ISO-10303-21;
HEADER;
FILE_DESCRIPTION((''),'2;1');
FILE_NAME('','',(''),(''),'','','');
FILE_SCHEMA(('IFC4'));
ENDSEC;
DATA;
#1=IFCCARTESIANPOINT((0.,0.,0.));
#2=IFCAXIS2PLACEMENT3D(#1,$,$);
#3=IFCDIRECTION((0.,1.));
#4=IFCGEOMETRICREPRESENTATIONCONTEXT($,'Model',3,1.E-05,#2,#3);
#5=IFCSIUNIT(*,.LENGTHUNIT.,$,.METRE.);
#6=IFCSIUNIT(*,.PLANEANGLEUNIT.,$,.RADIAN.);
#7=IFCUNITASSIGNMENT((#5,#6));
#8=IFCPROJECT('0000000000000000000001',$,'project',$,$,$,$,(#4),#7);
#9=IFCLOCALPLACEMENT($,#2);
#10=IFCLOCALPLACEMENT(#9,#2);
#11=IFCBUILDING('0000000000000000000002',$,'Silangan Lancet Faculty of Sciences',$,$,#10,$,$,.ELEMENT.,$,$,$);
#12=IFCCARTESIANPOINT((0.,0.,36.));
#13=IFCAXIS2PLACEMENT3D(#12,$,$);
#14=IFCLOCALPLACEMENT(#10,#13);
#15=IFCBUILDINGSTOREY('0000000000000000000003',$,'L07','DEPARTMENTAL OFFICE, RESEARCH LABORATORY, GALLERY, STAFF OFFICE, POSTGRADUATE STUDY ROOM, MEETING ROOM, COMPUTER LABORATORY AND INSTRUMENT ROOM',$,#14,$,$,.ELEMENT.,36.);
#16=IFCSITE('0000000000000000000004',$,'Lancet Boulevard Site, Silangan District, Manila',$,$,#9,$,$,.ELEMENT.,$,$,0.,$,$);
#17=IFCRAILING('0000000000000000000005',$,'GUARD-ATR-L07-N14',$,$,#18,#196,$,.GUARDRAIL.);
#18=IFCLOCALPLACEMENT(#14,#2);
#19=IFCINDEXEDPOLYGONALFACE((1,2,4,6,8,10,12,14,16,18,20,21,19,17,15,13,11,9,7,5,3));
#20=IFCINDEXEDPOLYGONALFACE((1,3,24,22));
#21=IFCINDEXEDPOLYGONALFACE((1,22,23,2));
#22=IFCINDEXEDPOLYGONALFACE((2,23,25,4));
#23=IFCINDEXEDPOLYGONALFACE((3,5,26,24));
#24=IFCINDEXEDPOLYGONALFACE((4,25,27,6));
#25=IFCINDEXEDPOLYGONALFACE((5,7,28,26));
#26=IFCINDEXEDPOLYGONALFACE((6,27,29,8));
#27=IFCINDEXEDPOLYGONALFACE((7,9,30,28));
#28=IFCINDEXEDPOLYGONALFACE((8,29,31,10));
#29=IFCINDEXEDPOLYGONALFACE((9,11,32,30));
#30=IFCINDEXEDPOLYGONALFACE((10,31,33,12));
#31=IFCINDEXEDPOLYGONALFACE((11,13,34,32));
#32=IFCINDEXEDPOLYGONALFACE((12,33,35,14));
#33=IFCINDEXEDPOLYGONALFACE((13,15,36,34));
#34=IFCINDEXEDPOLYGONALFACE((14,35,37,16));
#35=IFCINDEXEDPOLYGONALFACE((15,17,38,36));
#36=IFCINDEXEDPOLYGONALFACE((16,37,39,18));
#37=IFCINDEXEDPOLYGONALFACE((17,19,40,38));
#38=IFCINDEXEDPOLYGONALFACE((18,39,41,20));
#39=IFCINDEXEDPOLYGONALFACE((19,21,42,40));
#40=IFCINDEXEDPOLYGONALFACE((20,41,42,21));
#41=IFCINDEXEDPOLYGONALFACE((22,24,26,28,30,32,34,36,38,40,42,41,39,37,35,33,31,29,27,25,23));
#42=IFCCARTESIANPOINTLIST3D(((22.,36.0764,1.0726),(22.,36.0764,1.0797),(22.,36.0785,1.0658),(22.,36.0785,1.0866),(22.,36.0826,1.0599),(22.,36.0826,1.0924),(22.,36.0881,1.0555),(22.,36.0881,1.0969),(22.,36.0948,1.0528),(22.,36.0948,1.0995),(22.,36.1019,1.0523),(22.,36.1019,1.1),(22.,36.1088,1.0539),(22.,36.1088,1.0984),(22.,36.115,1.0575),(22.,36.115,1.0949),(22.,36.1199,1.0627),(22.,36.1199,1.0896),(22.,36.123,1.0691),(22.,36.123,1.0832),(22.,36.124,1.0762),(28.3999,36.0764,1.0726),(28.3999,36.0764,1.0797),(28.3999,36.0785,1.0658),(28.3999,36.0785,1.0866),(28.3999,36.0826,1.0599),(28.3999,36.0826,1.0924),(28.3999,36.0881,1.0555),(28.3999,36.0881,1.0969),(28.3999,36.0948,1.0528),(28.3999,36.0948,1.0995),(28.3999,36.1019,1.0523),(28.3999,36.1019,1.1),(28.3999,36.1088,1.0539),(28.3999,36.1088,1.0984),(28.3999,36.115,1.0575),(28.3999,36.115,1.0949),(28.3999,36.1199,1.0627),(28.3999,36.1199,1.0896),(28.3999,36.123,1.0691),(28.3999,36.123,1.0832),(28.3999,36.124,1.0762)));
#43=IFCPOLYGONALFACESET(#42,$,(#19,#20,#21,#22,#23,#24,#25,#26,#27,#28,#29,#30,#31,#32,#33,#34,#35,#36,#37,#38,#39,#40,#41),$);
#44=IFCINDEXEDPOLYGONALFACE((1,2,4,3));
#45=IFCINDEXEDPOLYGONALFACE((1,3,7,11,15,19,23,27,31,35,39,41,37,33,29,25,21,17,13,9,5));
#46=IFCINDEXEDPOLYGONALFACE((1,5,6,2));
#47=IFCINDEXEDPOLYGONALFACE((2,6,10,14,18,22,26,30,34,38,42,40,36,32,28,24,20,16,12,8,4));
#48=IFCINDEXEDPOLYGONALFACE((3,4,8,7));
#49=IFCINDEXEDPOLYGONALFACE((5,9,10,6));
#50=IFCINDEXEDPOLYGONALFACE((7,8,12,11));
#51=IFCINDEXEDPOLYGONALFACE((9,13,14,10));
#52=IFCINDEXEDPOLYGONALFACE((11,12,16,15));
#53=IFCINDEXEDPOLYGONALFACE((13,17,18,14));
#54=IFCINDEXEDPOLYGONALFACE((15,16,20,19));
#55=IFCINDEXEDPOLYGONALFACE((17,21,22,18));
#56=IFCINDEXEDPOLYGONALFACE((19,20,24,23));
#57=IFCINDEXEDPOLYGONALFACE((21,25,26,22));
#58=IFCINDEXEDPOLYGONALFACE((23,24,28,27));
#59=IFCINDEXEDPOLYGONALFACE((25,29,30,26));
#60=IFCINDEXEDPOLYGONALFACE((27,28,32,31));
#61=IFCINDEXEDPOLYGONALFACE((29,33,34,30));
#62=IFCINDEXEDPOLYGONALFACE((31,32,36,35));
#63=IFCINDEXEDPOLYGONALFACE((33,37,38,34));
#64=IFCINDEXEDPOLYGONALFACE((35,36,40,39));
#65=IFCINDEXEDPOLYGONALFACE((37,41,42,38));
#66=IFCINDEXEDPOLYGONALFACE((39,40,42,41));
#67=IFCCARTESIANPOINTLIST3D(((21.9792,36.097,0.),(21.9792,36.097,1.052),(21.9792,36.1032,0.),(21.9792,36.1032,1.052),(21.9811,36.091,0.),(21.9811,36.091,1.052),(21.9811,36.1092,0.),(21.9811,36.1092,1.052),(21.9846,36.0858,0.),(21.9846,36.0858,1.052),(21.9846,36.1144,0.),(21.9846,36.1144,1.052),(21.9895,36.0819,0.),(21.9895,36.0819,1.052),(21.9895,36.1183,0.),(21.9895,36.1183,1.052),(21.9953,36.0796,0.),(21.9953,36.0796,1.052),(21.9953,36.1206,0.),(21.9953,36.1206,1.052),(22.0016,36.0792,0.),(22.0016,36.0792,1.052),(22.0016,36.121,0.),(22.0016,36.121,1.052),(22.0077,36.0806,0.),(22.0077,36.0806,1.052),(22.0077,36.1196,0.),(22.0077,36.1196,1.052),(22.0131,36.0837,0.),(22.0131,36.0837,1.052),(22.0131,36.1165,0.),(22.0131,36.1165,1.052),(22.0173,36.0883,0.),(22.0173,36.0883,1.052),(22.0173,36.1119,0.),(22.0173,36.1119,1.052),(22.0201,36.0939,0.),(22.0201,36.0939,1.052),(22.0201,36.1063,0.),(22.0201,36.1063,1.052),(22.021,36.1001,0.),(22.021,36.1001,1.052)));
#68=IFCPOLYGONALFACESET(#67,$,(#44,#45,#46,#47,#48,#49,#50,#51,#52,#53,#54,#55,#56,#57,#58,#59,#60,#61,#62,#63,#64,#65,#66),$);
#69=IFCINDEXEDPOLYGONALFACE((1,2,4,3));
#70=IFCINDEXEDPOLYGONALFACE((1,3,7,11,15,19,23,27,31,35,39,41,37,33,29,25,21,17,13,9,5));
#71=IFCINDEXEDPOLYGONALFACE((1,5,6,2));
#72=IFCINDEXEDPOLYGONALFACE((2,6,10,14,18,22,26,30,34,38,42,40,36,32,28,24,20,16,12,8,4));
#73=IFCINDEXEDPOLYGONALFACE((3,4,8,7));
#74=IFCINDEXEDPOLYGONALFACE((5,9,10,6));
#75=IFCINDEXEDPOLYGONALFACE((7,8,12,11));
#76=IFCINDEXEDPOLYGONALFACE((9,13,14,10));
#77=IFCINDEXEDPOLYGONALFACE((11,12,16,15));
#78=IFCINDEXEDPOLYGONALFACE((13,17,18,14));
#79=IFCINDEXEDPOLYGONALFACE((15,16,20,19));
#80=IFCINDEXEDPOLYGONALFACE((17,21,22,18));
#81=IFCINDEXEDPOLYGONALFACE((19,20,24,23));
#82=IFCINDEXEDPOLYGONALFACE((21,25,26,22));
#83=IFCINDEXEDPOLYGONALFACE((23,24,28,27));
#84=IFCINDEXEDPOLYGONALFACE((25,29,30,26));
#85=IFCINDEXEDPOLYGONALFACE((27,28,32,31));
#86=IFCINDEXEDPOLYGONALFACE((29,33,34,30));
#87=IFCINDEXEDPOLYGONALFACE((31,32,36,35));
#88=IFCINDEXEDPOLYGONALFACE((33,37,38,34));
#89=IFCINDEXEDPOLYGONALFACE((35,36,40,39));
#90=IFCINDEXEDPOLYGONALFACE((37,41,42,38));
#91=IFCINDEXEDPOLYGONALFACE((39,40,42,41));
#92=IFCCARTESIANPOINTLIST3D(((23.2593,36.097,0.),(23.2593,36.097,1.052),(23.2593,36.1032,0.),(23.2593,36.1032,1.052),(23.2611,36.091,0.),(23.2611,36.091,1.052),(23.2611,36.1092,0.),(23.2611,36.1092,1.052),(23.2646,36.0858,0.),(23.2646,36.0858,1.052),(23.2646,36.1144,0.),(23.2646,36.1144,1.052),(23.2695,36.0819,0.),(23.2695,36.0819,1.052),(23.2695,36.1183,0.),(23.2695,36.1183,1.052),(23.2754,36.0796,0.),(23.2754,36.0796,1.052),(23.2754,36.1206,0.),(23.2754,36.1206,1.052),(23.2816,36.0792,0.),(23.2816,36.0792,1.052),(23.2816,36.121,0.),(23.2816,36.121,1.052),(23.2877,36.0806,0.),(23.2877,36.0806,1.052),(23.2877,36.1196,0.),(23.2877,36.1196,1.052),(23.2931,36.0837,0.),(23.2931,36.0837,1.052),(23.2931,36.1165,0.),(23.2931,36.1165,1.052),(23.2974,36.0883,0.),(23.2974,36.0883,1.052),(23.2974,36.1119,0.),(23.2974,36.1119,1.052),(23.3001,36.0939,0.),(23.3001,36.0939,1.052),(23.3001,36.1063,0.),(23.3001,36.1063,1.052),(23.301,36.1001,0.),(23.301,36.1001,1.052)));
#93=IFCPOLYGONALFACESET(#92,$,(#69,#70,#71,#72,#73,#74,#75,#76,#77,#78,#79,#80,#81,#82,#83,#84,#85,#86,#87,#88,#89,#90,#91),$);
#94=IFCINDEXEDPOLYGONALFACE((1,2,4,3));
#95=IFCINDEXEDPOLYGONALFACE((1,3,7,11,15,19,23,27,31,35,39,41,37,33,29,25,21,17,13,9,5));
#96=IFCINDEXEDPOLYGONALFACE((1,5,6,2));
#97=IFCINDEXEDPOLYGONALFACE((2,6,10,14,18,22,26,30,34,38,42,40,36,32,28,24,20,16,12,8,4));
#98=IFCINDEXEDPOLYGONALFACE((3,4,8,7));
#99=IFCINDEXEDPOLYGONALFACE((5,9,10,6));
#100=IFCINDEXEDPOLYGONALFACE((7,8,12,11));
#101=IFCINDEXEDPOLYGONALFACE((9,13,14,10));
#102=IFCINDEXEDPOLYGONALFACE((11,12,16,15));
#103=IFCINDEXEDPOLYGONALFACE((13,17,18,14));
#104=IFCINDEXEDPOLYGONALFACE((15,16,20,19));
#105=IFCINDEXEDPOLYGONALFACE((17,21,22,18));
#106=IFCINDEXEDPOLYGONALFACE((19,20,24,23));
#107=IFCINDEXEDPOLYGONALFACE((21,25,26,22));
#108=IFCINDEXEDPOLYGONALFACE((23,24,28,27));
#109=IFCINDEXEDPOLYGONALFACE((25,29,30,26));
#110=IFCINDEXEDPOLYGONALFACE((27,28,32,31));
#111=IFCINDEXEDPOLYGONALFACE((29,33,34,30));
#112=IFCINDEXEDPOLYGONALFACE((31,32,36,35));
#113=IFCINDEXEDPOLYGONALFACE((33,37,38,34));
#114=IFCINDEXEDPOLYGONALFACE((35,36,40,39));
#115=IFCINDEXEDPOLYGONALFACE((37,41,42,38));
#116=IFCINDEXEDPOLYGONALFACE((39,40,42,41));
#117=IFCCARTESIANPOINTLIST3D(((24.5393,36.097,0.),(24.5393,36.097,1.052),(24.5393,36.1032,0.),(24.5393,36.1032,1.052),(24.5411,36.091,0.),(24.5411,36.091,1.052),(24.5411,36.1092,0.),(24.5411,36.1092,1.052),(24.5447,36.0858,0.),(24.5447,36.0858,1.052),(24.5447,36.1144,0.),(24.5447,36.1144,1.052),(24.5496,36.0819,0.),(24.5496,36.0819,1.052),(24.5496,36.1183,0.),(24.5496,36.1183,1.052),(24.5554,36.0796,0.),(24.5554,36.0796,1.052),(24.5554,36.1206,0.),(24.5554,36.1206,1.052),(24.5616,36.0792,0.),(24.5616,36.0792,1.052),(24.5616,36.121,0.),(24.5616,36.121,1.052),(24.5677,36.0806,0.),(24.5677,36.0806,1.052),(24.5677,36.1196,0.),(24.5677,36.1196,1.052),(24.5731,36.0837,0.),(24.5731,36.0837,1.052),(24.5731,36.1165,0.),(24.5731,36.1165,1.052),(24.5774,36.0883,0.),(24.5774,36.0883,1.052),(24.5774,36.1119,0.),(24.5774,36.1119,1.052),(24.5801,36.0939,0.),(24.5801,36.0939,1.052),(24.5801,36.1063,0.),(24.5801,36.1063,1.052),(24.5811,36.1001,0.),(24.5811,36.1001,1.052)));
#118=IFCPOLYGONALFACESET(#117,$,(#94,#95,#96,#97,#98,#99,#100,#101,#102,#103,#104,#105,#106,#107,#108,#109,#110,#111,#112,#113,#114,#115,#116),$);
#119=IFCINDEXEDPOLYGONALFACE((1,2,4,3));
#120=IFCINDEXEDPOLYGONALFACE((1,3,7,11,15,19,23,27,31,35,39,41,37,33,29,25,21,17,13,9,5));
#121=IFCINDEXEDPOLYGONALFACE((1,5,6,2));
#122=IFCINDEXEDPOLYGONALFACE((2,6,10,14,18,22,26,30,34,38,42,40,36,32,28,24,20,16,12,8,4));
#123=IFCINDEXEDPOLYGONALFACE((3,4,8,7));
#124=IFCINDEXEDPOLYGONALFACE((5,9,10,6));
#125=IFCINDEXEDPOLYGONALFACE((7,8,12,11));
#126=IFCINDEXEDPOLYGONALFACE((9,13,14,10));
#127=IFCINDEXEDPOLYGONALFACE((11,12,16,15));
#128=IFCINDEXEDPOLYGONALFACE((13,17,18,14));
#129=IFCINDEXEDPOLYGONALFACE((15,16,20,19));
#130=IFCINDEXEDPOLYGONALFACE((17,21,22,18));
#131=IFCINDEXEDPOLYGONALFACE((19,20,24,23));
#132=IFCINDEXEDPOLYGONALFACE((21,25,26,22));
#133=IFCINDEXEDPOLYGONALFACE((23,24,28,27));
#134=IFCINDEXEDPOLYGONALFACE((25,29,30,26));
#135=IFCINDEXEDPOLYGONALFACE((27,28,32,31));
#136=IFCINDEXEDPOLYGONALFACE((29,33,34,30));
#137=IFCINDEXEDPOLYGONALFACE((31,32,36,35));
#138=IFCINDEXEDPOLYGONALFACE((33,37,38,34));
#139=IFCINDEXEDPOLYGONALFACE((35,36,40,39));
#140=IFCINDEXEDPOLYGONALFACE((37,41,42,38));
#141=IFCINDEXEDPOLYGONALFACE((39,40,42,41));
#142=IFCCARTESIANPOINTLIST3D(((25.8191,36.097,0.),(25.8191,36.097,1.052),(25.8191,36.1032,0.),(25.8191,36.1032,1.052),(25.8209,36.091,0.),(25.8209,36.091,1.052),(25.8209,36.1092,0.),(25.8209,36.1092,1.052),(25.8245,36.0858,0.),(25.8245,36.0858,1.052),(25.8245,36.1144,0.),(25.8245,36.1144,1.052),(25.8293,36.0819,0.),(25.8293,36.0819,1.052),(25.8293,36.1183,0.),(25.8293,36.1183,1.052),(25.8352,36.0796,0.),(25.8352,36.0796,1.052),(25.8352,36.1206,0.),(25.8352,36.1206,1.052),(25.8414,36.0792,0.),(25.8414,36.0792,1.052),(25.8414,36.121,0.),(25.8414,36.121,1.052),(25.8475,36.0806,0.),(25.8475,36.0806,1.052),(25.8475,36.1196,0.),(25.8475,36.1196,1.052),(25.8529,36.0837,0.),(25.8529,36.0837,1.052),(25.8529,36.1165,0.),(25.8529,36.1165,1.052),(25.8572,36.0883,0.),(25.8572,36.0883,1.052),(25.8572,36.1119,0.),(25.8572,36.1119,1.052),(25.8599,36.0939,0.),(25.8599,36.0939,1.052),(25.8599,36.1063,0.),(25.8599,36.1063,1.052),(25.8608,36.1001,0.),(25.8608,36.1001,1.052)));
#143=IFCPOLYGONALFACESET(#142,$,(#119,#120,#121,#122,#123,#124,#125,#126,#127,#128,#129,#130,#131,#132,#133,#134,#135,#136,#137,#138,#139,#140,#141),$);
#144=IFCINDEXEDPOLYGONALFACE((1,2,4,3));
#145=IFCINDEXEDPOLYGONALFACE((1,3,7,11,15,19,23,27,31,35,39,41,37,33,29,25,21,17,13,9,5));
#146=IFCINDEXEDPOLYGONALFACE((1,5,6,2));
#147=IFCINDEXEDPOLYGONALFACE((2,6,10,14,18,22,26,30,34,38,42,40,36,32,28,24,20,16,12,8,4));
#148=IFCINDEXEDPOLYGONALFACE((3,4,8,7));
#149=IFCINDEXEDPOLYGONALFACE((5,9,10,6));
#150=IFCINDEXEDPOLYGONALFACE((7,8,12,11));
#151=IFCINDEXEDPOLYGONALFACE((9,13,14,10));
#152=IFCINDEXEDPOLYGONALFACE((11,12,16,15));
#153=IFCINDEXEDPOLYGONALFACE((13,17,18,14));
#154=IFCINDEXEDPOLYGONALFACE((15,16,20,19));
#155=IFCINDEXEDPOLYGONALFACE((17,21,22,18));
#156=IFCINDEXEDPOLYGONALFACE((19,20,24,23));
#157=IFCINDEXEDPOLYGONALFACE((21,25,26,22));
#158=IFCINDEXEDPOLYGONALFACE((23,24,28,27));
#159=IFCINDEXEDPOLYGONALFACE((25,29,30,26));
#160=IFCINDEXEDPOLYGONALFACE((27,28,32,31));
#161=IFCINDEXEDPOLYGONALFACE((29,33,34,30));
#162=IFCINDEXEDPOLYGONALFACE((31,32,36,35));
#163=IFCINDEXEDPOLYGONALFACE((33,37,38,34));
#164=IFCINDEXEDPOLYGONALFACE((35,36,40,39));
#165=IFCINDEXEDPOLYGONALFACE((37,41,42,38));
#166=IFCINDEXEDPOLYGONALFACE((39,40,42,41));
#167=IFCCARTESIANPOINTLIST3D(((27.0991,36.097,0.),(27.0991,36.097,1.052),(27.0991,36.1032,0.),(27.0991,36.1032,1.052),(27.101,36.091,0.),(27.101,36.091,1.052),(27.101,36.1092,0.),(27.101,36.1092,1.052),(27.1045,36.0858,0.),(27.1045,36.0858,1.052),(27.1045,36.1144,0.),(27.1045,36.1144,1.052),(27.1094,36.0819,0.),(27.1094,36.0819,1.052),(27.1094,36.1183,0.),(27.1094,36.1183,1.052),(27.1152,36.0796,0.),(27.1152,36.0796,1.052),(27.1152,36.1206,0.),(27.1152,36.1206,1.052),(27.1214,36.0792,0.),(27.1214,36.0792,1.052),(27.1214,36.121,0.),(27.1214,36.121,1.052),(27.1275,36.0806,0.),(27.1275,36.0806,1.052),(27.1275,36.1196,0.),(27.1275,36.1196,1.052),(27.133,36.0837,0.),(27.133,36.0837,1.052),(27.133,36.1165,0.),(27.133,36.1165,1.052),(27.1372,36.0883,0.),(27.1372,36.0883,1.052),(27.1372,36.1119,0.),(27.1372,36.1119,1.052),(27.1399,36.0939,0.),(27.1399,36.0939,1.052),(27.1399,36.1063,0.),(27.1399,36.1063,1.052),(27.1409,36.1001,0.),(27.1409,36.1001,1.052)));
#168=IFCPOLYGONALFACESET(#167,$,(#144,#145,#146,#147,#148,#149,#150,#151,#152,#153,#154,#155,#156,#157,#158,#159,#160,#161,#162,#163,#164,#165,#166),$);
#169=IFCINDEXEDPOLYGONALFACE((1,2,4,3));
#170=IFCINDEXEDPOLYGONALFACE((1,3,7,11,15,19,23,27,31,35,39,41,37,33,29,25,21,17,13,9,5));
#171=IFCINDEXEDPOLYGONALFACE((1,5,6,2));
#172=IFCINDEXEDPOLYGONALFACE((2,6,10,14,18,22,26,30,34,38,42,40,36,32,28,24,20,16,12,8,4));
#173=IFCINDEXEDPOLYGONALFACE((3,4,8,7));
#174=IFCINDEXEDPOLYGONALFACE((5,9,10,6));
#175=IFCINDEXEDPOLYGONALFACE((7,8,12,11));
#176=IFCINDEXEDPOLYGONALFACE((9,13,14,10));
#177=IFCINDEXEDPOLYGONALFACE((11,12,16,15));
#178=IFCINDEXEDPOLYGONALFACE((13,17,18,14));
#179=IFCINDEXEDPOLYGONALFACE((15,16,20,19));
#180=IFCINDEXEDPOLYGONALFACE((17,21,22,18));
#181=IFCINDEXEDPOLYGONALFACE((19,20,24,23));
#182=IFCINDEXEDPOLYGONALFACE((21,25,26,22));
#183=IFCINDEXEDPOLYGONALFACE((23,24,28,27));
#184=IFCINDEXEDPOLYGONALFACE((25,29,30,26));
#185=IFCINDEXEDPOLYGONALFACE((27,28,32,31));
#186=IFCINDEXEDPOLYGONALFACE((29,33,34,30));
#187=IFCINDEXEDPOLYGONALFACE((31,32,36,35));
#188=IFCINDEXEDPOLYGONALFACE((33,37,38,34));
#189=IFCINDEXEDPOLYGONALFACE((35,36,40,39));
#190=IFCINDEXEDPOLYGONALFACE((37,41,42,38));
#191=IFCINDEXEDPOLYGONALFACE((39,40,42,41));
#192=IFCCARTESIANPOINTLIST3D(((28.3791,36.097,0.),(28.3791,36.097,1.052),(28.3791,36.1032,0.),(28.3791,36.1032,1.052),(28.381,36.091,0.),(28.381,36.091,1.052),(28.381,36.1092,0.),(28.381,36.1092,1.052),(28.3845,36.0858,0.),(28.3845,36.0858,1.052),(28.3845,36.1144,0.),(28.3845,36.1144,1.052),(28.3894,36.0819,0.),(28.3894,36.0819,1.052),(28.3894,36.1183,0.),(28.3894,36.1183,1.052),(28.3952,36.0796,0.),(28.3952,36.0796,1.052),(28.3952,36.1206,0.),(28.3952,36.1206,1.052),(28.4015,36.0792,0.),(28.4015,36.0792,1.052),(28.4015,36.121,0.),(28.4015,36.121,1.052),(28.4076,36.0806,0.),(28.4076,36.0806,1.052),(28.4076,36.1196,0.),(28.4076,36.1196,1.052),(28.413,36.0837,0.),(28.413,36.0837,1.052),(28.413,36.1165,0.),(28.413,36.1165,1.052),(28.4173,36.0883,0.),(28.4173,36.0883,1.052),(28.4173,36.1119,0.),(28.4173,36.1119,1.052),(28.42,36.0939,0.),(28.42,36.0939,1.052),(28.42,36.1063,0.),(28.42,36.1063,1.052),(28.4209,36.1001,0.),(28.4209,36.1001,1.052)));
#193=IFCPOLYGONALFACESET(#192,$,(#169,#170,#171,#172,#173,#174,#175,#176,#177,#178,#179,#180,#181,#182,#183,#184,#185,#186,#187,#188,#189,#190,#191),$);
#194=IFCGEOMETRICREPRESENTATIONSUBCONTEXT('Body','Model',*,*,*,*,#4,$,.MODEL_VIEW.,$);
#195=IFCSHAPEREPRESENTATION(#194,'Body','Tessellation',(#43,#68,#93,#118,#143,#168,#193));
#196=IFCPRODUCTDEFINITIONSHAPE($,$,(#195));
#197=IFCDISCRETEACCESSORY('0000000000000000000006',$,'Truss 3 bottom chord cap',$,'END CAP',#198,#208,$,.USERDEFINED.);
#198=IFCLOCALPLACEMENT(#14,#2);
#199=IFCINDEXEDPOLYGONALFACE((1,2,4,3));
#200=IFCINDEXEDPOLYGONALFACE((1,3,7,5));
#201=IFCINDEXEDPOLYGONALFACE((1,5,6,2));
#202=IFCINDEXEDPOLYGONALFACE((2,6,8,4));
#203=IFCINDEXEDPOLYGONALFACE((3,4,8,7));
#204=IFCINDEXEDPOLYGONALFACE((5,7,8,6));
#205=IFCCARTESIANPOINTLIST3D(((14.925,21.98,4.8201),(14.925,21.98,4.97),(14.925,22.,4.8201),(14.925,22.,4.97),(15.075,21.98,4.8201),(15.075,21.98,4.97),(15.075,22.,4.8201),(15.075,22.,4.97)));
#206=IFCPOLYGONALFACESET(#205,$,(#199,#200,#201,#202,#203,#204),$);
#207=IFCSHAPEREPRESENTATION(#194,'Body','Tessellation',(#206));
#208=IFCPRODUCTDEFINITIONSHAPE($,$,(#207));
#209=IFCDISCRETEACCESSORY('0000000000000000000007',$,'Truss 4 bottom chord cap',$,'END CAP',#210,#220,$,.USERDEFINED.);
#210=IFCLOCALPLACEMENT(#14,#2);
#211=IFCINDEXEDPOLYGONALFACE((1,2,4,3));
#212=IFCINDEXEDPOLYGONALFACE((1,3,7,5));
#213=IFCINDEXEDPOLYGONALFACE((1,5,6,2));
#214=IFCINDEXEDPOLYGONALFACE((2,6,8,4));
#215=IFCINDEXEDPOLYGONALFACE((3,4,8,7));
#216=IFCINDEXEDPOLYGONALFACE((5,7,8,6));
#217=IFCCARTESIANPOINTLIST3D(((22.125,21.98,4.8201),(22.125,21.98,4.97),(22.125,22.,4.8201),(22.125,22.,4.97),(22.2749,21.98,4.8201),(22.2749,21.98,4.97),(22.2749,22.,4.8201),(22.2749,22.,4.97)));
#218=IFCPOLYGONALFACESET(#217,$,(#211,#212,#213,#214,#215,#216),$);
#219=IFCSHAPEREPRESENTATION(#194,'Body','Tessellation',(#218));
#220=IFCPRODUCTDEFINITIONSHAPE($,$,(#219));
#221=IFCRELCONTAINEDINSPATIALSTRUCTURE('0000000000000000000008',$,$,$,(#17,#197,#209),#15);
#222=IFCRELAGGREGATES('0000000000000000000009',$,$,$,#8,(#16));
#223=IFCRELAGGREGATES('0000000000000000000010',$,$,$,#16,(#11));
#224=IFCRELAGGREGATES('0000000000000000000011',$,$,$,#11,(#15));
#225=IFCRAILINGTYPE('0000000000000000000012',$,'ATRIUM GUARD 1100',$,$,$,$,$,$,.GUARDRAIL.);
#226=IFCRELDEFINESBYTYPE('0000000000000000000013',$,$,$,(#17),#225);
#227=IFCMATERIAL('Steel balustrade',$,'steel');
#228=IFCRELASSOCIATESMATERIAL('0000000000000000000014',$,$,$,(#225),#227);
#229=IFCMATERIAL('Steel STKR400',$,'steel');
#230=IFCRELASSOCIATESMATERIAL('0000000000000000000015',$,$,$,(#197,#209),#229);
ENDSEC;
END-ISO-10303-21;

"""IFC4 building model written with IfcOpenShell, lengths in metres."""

from ifc_helpers import new_model, si_unit, direction, frame, origin, origin_2d, place, context, subcontext, project, spatial, rectangle, circle, extrude, material, type_object, element, save


model = new_model("IFC4")

# Units and contexts
model_context = context("Model", 3, precision=1e-05, world=origin(), true_north=direction((0.0, 1.0)))
body_context = subcontext(model_context, "Body", "Model", "MODEL_VIEW")
ifc_project = project(units=[si_unit("LENGTHUNIT", "METRE"), si_unit("PLANEANGLEUNIT", "RADIAN")], contexts=[model_context])

# Site, building, storey
site_placement = place(None, origin())
site = spatial("IfcSite", under=ifc_project, at=site_placement, Name="Lancet Boulevard Site, Silangan District, Manila", CompositionType="ELEMENT", RefElevation=0.0)
building_placement = place(site_placement, origin())
building = spatial("IfcBuilding", under=site, at=building_placement, Name="Silangan Lancet Faculty of Sciences", CompositionType="ELEMENT")
storey_placement = place(building_placement, frame((0.0, 0.0, 36.0)))
storey = spatial("IfcBuildingStorey", under=building, at=storey_placement, Name="L07", Description="DEPARTMENTAL OFFICE, RESEARCH LABORATORY, GALLERY, STAFF OFFICE, POSTGRADUATE STUDY ROOM, MEETING ROOM, COMPUTER LABORATORY AND INSTRUMENT ROOM", CompositionType="ELEMENT", Elevation=36.0)

# Railing
ifc_material_1 = material(Name="Steel balustrade", Category="steel")
railing_type = type_object("IfcRailingType", Name="ATRIUM GUARD 1100", PredefinedType="GUARDRAIL", material=ifc_material_1)
railing_placement = place(storey_placement, frame((22.0, 36.1001, 0.0)))
element("IfcRailing", 1, at=railing_placement, inside=storey, type_object=railing_type, Name="GUARD-ATR-L07-N14", PredefinedType="GUARDRAIL", context=body_context, shape_type="SweptSolid", body=[
    extrude(circle(Radius=0.0239, at=origin_2d()), frame((0.0, 0.0, 1.0762), z_axis=(1.0, 0.0, 0.0), x_axis=(0.0, 1.0, 0.0)), (0.0, 0.0, 1.0), 6.3999),
    extrude(circle(Radius=0.021, at=origin_2d()), origin(), (0.0, 0.0, 1.0), 1.052),
    extrude(circle(Radius=0.021, at=origin_2d()), frame((1.28, 0.0, 0.0)), (0.0, 0.0, 1.0), 1.052),
    extrude(circle(Radius=0.021, at=origin_2d()), frame((2.5601, 0.0, 0.0)), (0.0, 0.0, 1.0), 1.052),
    extrude(circle(Radius=0.021, at=origin_2d()), frame((3.8398, 0.0, 0.0)), (0.0, 0.0, 1.0), 1.052),
    extrude(circle(Radius=0.021, at=origin_2d()), frame((5.1199, 0.0, 0.0)), (0.0, 0.0, 1.0), 1.052),
    extrude(circle(Radius=0.021, at=origin_2d()), frame((6.3999, 0.0, 0.0)), (0.0, 0.0, 1.0), 1.052),
])

# Discrete accessories
ifc_material_2 = material(Name="Steel STKR400", Category="steel")
for number, where, z_axis, x_axis, name in (
    (2, (15.0, 21.99, 4.8201), (0.0, 0.0, 1.0), (1.0, 0.0, 0.0), "Truss 3 bottom chord cap"),
    (3, (22.2, 21.99, 4.8201), (0.0, 0.0, 1.0), (1.0, 0.0, 0.0), "Truss 4 bottom chord cap"),
):
    element("IfcDiscreteAccessory", number, at=place(storey_placement, frame(where, z_axis=z_axis, x_axis=x_axis)), inside=storey, material=ifc_material_2, Name=name, ObjectType="END CAP", PredefinedType="USERDEFINED", context=body_context, shape_type="SweptSolid", body=[
        extrude(rectangle(XDim=0.1499, YDim=0.02, at=origin_2d()), origin(), (0.0, 0.0, 1.0), 0.1499),
    ])

save(model, "model.ifc")
